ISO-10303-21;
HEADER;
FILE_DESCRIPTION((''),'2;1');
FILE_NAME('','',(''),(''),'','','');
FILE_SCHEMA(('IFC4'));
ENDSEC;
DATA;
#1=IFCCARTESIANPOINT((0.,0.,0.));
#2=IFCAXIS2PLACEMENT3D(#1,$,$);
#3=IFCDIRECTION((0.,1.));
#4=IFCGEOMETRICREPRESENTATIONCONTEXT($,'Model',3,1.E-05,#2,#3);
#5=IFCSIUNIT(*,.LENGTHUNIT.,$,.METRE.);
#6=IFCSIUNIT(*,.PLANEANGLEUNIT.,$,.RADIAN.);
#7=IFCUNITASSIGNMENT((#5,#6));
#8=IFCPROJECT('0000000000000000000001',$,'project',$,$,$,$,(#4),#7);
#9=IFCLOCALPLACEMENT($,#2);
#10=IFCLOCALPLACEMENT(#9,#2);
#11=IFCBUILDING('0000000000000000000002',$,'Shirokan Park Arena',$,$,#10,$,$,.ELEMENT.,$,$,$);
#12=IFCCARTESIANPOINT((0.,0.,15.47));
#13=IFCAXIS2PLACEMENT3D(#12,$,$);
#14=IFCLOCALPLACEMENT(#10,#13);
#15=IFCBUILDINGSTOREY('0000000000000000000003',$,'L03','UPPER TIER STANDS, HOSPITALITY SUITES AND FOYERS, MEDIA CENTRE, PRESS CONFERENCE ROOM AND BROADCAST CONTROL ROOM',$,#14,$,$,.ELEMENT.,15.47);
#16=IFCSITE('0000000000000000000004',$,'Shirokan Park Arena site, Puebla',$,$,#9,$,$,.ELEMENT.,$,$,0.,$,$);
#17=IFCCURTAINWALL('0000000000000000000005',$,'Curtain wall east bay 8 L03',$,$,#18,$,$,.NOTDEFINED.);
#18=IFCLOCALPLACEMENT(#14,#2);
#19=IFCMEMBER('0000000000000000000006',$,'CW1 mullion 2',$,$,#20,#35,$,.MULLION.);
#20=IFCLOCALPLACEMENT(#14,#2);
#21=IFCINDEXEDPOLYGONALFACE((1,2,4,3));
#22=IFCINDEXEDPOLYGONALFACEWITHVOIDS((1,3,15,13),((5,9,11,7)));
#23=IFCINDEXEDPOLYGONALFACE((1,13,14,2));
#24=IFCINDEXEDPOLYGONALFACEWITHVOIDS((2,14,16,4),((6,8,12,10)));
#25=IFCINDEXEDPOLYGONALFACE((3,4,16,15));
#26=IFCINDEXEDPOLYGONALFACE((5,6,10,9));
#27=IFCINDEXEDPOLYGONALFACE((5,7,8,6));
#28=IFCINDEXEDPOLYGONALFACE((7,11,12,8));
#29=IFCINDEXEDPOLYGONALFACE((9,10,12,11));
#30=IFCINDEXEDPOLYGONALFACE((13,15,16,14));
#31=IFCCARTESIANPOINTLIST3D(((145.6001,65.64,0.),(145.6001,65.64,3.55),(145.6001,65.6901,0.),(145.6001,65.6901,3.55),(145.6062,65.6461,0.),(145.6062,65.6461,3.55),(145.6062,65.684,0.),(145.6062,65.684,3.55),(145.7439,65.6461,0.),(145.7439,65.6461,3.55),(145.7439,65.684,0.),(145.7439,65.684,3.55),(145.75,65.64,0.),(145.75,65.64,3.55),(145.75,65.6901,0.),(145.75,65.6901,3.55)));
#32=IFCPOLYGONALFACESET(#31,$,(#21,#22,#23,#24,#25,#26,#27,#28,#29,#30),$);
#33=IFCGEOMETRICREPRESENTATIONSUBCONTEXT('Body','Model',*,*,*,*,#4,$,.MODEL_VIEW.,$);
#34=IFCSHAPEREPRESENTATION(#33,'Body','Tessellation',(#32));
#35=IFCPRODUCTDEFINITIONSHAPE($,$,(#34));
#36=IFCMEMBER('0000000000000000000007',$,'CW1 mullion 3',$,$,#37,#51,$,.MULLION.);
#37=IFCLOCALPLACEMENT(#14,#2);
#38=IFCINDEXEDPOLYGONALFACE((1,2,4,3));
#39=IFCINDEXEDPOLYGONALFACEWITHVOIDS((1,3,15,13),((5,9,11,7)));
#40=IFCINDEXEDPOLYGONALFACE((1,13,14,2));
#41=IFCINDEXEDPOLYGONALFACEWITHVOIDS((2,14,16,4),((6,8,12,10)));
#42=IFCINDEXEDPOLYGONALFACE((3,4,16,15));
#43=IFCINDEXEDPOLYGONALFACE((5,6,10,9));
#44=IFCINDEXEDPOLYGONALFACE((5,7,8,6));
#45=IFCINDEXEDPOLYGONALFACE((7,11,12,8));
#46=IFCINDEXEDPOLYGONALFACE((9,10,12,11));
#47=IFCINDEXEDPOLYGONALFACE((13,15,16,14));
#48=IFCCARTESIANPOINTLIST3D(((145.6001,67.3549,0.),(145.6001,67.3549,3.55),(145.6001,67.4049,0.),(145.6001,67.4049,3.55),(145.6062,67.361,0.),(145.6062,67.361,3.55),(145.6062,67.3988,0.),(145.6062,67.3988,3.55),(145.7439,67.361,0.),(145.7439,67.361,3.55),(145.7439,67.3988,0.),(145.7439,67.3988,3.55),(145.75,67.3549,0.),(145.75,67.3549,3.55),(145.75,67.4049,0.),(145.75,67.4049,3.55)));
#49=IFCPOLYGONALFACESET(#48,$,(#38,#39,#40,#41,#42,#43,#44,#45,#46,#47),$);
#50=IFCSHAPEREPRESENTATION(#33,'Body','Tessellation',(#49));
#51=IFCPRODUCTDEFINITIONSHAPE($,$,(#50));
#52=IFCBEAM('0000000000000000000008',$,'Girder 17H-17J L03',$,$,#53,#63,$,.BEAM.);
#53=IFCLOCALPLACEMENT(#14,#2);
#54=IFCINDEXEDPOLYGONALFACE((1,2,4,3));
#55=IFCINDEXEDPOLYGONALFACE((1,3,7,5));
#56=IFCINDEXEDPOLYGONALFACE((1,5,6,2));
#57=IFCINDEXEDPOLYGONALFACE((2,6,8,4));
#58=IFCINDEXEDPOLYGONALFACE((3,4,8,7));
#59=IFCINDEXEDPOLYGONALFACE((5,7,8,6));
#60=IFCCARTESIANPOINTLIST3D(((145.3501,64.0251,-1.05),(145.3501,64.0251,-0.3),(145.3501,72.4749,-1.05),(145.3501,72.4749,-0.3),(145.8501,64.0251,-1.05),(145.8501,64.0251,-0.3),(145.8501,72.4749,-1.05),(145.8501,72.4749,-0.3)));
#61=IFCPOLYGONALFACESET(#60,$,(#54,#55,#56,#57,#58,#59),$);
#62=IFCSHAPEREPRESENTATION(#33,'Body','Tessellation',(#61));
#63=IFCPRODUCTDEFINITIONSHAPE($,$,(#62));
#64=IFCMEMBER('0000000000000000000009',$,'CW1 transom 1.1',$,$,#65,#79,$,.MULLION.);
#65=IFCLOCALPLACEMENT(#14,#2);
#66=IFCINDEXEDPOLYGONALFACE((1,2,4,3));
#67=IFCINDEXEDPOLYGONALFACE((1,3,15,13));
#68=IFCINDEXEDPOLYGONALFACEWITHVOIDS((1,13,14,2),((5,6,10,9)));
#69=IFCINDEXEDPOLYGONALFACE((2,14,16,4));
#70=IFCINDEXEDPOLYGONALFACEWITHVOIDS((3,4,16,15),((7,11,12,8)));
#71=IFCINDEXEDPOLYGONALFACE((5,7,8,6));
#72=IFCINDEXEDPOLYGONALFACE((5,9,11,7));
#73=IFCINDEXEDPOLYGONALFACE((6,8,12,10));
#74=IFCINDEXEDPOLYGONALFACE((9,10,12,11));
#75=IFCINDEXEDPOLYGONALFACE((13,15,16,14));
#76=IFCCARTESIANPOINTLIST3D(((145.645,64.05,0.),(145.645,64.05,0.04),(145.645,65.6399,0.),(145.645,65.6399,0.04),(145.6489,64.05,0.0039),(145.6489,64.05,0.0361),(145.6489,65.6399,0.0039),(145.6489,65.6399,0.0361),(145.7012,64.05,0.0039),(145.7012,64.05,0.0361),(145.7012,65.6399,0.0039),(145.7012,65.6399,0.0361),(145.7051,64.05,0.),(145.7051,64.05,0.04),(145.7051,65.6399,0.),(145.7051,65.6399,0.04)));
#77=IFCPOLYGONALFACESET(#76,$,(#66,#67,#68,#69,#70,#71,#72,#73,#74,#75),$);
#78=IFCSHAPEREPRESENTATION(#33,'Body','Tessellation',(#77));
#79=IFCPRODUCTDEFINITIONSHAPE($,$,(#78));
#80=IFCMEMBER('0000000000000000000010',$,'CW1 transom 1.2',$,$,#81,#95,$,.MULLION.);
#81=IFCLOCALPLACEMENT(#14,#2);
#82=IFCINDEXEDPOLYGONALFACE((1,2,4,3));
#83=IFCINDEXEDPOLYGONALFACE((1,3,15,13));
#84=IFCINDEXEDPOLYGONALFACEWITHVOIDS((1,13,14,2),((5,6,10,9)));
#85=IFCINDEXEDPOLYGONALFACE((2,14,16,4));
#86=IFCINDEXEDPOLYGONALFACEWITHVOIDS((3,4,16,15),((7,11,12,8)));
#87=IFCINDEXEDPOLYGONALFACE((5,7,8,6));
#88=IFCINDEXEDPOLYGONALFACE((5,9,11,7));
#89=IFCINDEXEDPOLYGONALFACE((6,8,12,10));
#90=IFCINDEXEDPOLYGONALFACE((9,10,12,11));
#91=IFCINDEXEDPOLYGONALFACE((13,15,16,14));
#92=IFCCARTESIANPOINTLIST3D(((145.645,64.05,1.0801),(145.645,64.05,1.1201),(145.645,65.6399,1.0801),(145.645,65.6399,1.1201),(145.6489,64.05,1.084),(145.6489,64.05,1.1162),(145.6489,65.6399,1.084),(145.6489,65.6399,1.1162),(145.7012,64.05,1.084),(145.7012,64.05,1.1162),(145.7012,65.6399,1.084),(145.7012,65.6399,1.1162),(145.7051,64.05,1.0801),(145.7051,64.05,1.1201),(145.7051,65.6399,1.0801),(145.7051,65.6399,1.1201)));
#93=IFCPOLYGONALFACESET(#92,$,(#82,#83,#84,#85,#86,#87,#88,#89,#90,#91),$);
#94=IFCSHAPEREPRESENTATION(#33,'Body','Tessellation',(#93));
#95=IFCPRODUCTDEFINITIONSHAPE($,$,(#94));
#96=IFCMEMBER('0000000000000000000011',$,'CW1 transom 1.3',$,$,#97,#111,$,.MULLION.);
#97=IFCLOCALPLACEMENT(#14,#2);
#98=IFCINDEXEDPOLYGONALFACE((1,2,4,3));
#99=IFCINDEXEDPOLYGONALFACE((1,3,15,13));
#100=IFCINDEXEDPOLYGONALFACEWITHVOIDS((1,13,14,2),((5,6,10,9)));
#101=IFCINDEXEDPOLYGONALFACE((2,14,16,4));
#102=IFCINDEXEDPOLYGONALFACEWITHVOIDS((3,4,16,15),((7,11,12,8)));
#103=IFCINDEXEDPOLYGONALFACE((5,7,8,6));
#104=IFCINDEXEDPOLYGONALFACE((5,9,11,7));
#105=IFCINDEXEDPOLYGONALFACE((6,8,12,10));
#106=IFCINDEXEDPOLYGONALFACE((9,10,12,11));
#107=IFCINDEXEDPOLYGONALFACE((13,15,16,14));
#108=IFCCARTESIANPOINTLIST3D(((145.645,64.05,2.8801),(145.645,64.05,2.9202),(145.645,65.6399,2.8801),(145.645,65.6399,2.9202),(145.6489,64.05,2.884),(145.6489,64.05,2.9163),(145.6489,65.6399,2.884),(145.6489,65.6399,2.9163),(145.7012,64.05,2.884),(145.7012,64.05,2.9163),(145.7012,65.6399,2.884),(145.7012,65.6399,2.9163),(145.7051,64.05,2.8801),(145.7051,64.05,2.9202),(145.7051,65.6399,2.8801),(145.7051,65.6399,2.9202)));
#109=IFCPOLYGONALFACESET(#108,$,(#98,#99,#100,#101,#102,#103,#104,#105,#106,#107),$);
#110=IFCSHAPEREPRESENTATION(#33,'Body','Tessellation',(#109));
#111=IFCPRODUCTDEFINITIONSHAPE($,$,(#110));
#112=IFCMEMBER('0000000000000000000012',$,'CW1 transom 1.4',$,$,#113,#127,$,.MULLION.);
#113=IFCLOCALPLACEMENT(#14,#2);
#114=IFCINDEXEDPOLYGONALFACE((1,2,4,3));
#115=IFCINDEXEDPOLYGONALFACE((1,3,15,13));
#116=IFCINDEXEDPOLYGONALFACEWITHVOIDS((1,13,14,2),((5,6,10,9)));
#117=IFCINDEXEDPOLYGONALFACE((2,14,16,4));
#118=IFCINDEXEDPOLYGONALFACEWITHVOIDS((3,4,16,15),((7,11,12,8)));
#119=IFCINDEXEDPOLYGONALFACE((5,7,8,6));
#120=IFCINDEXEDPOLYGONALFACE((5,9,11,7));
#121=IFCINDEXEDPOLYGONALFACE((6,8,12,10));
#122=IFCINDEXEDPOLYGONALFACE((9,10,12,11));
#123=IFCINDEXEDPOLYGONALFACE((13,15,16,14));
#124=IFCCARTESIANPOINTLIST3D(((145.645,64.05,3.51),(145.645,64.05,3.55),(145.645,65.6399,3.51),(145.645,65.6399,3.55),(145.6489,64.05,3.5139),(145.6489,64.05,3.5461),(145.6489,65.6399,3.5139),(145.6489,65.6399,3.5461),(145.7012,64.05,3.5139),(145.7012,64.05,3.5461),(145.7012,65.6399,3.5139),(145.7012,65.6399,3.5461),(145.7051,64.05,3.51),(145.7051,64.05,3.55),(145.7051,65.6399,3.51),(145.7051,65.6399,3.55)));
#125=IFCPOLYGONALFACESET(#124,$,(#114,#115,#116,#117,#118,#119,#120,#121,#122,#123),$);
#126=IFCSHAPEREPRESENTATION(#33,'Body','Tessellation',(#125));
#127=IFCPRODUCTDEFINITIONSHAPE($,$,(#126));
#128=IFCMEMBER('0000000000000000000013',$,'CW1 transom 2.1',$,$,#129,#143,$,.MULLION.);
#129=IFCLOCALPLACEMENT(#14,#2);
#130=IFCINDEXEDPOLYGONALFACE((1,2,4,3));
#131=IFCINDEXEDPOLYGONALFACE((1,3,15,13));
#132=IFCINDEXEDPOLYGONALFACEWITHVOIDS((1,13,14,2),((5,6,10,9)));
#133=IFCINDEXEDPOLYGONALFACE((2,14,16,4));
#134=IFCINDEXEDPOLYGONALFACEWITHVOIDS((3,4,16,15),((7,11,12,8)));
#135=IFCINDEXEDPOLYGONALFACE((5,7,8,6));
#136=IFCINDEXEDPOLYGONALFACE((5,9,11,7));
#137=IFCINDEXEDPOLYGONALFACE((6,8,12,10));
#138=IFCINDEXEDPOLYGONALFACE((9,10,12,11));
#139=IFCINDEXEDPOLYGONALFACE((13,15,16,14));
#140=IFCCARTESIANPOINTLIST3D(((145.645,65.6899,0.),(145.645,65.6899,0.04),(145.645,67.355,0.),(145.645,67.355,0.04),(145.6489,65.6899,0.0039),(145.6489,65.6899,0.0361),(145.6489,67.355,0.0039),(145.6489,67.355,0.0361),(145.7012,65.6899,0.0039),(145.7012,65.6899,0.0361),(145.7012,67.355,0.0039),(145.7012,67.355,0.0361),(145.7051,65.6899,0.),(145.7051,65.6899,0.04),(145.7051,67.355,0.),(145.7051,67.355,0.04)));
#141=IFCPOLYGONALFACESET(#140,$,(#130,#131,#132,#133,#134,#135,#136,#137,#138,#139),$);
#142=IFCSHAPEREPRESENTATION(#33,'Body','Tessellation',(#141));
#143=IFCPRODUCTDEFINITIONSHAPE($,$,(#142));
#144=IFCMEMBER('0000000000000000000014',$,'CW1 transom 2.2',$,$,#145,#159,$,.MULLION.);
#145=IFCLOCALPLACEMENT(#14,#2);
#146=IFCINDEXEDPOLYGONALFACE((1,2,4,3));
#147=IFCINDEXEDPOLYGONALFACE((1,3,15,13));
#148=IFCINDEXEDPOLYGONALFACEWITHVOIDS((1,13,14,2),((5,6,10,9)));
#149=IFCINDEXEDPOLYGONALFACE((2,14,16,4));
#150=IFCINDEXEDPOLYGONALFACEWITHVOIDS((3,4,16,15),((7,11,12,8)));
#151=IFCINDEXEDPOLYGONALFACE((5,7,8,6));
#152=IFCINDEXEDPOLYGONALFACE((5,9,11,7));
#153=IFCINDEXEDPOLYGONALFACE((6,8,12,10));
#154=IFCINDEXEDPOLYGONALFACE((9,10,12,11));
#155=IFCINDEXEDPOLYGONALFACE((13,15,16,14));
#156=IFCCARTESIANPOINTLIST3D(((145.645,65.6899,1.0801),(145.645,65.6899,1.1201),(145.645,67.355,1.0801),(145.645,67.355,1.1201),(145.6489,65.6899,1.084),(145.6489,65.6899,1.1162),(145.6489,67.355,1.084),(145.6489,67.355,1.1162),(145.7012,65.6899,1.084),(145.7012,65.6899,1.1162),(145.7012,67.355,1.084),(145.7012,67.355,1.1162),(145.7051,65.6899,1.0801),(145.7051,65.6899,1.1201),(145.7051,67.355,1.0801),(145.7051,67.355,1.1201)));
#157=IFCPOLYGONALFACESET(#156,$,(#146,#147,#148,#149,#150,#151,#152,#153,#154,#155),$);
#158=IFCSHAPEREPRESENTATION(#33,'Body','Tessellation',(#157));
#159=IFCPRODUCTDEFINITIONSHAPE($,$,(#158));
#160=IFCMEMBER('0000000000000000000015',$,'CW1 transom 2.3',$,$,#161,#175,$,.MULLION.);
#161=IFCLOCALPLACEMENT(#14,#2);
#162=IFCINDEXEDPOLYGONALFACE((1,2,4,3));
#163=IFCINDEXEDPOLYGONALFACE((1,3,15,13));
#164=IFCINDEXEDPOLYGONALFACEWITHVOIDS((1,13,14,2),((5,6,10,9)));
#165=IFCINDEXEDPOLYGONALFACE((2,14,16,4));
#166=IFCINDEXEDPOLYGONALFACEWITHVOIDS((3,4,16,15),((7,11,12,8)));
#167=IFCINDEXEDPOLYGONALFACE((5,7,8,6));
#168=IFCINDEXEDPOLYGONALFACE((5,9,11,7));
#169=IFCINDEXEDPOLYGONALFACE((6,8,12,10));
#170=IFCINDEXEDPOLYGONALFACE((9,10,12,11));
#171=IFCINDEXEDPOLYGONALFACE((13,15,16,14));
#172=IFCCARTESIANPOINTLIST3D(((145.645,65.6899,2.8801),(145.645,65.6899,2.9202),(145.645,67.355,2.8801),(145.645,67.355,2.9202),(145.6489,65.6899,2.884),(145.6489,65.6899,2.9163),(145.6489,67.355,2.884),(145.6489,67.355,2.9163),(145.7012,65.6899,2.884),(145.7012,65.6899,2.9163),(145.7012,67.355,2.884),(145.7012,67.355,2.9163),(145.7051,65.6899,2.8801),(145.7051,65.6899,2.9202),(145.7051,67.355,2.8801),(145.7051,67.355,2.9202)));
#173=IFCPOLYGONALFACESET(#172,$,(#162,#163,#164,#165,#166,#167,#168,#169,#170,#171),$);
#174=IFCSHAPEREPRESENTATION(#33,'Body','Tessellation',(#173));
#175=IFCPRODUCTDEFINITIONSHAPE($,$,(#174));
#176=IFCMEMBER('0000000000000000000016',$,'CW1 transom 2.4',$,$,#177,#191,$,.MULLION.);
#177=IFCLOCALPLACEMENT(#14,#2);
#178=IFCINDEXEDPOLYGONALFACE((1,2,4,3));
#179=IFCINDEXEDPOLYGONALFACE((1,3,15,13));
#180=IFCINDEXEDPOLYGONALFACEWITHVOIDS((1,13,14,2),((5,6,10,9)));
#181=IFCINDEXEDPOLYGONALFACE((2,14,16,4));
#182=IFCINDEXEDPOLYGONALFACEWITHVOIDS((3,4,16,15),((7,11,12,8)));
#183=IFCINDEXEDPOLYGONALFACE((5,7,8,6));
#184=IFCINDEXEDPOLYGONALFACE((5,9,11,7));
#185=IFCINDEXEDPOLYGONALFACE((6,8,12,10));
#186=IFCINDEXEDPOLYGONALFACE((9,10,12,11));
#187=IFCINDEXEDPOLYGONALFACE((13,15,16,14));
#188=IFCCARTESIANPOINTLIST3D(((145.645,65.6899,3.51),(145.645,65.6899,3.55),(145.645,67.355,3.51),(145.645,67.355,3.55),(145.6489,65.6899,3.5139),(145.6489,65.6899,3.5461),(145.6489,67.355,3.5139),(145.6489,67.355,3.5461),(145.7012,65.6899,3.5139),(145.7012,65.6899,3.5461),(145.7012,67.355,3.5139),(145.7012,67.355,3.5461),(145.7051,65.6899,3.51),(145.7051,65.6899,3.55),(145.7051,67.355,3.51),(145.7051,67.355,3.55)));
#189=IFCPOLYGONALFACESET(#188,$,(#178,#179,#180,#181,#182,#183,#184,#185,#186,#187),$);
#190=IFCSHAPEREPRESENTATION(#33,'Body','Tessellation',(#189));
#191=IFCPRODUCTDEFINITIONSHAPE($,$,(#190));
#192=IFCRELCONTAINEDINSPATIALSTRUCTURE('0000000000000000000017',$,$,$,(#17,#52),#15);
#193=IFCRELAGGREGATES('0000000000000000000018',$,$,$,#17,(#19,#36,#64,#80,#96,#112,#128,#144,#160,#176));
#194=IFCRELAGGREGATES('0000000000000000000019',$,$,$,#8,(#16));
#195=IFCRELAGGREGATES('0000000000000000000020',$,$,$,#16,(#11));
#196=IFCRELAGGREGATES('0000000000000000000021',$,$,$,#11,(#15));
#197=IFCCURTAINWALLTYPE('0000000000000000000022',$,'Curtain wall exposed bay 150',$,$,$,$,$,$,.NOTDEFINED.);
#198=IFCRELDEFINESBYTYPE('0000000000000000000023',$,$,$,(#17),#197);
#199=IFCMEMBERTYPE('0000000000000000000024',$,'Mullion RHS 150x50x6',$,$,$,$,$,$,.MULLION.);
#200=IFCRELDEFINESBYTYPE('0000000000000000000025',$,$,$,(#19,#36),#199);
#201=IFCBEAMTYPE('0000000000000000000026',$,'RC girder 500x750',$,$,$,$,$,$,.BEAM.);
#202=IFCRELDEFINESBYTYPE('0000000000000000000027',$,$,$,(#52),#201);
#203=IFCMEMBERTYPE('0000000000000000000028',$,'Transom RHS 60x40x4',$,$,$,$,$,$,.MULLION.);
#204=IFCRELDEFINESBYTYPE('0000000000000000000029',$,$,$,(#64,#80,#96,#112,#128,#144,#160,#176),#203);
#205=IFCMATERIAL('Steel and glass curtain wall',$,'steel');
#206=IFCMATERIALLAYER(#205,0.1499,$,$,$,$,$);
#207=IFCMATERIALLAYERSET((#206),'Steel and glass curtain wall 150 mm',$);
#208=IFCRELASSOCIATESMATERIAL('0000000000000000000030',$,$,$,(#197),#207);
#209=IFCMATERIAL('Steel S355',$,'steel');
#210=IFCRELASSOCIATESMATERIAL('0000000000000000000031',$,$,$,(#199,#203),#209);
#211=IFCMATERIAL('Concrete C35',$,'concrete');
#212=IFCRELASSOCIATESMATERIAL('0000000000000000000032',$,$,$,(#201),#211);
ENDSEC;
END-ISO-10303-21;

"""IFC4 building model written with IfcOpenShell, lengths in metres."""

from ifc_helpers import new_model, si_unit, direction, frame, origin, origin_2d, place, context, subcontext, project, spatial, rectangle, hollow_rectangle, extrude, material, layer, layer_set, material_profile, profile_set, type_object, element, aggregate, save


model = new_model("IFC4")

# Units and contexts
model_context = context("Model", 3, precision=1e-05, world=origin(), true_north=direction((0.0, 1.0)))
body_context = subcontext(model_context, "Body", "Model", "MODEL_VIEW")
ifc_project = project(units=[si_unit("LENGTHUNIT", "METRE"), si_unit("PLANEANGLEUNIT", "RADIAN")], contexts=[model_context])

# Site, building, storey
site_placement = place(None, origin())
site = spatial("IfcSite", under=ifc_project, at=site_placement, Name="Shirokan Park Arena site, Puebla", CompositionType="ELEMENT", RefElevation=0.0)
building_placement = place(site_placement, origin())
building = spatial("IfcBuilding", under=site, at=building_placement, Name="Shirokan Park Arena", CompositionType="ELEMENT")
storey_placement = place(building_placement, frame((0.0, 0.0, 15.47)))
storey = spatial("IfcBuildingStorey", under=building, at=storey_placement, Name="L03", Description="UPPER TIER STANDS, HOSPITALITY SUITES AND FOYERS, MEDIA CENTRE, PRESS CONFERENCE ROOM AND BROADCAST CONTROL ROOM", CompositionType="ELEMENT", Elevation=15.47)

# Curtain wall, members
ifc_material_1 = material(Name="Steel and glass curtain wall", Category="steel")
ifc_layer_1 = layer(ifc_material_1, 0.1499)
ifc_layer_set_1 = layer_set([ifc_layer_1], Name="Steel and glass curtain wall 150 mm")
curtain_wall_type = type_object("IfcCurtainWallType", Name="Curtain wall exposed bay 150", PredefinedType="NOTDEFINED", material=ifc_layer_set_1)
curtain_wall_placement = place(storey_placement, origin())
curtain_wall = element("IfcCurtainWall", 1, at=curtain_wall_placement, inside=storey, type_object=curtain_wall_type, Name="Curtain wall east bay 8 L03", PredefinedType="NOTDEFINED")
ifc_material_2 = material(Name="Steel S355", Category="steel")
ifc_material_profile_1 = material_profile(ifc_material_2, hollow_rectangle(XDim=0.1499, YDim=0.05, WallThickness=0.0061, at=origin_2d()), Name="RHS 150x50x6")
ifc_profile_set_1 = profile_set([ifc_material_profile_1], Name="Steel S355")
member_type_1 = type_object("IfcMemberType", Name="Mullion RHS 150x50x6", PredefinedType="MULLION", material=ifc_profile_set_1)
member_1_placement = place(storey_placement, frame((145.675, 65.665, 0.0), z_axis=(0.0, 0.0, 1.0), x_axis=(-1.0, 0.0, 0.0)))
member_1 = element("IfcMember", 2, at=member_1_placement, type_object=member_type_1, Name="CW1 mullion 2", PredefinedType="MULLION", context=body_context, shape_type="SweptSolid", body=[
    extrude(hollow_rectangle(XDim=0.1499, YDim=0.05, WallThickness=0.0061, at=origin_2d()), origin(), (0.0, 0.0, 1.0), 3.55),
])
member_2_placement = place(storey_placement, frame((145.675, 67.3799, 0.0), z_axis=(0.0, 0.0, 1.0), x_axis=(-1.0, 0.0, 0.0)))
member_2 = element("IfcMember", 3, at=member_2_placement, type_object=member_type_1, Name="CW1 mullion 3", PredefinedType="MULLION", context=body_context, shape_type="SweptSolid", body=[
    extrude(hollow_rectangle(XDim=0.1499, YDim=0.05, WallThickness=0.0061, at=origin_2d()), origin(), (0.0, 0.0, 1.0), 3.55),
])

# Beam
ifc_material_3 = material(Name="Concrete C35", Category="concrete")
ifc_material_profile_2 = material_profile(ifc_material_3, rectangle(XDim=0.5, YDim=0.75, at=origin_2d()), Name="500x750")
ifc_profile_set_2 = profile_set([ifc_material_profile_2], Name="Concrete C35")
beam_type = type_object("IfcBeamType", Name="RC girder 500x750", PredefinedType="BEAM", material=ifc_profile_set_2)
beam_placement = place(storey_placement, frame((145.6001, 64.0251, -0.675), z_axis=(0.0, 1.0, 0.0), x_axis=(-1.0, 0.0, 0.0)))
element("IfcBeam", 4, at=beam_placement, inside=storey, type_object=beam_type, Name="Girder 17H-17J L03", PredefinedType="BEAM", context=body_context, shape_type="SweptSolid", body=[
    extrude(rectangle(XDim=0.5, YDim=0.75, at=origin_2d()), origin(), (0.0, 0.0, 1.0), 8.4497),
])

# Members
ifc_material_profile_3 = material_profile(ifc_material_2, hollow_rectangle(XDim=0.0601, YDim=0.04, WallThickness=0.0039, at=origin_2d()), Name="RHS 60x40x4")
ifc_profile_set_3 = profile_set([ifc_material_profile_3], Name="Steel S355")
member_type_2 = type_object("IfcMemberType", Name="Transom RHS 60x40x4", PredefinedType="MULLION", material=ifc_profile_set_3)
member_3_placement = place(storey_placement, frame((145.675, 64.05, 0.02), z_axis=(0.0, 1.0, 0.0), x_axis=(-1.0, 0.0, 0.0)))
member_3 = element("IfcMember", 5, at=member_3_placement, type_object=member_type_2, Name="CW1 transom 1.1", PredefinedType="MULLION", context=body_context, shape_type="SweptSolid", body=[
    extrude(hollow_rectangle(XDim=0.0601, YDim=0.04, WallThickness=0.0039, at=origin_2d()), origin(), (0.0, 0.0, 1.0), 1.5898),
])
member_4_placement = place(storey_placement, frame((145.675, 64.05, 1.1001), z_axis=(0.0, 1.0, 0.0), x_axis=(-1.0, 0.0, 0.0)))
member_4 = element("IfcMember", 6, at=member_4_placement, type_object=member_type_2, Name="CW1 transom 1.2", PredefinedType="MULLION", context=body_context, shape_type="SweptSolid", body=[
    extrude(hollow_rectangle(XDim=0.0601, YDim=0.04, WallThickness=0.0039, at=origin_2d()), origin(), (0.0, 0.0, 1.0), 1.5898),
])
member_5_placement = place(storey_placement, frame((145.675, 64.05, 2.9001), z_axis=(0.0, 1.0, 0.0), x_axis=(-1.0, 0.0, 0.0)))
member_5 = element("IfcMember", 7, at=member_5_placement, type_object=member_type_2, Name="CW1 transom 1.3", PredefinedType="MULLION", context=body_context, shape_type="SweptSolid", body=[
    extrude(hollow_rectangle(XDim=0.0601, YDim=0.04, WallThickness=0.0039, at=origin_2d()), origin(), (0.0, 0.0, 1.0), 1.5898),
])
member_6_placement = place(storey_placement, frame((145.675, 64.05, 3.53), z_axis=(0.0, 1.0, 0.0), x_axis=(-1.0, 0.0, 0.0)))
member_6 = element("IfcMember", 8, at=member_6_placement, type_object=member_type_2, Name="CW1 transom 1.4", PredefinedType="MULLION", context=body_context, shape_type="SweptSolid", body=[
    extrude(hollow_rectangle(XDim=0.0601, YDim=0.04, WallThickness=0.0039, at=origin_2d()), origin(), (0.0, 0.0, 1.0), 1.5898),
])
member_7_placement = place(storey_placement, frame((145.675, 65.6899, 0.02), z_axis=(0.0, 1.0, 0.0), x_axis=(-1.0, 0.0, 0.0)))
member_7 = element("IfcMember", 9, at=member_7_placement, type_object=member_type_2, Name="CW1 transom 2.1", PredefinedType="MULLION", context=body_context, shape_type="SweptSolid", body=[
    extrude(hollow_rectangle(XDim=0.0601, YDim=0.04, WallThickness=0.0039, at=origin_2d()), origin(), (0.0, 0.0, 1.0), 1.665),
])
member_8_placement = place(storey_placement, frame((145.675, 65.6899, 1.1001), z_axis=(0.0, 1.0, 0.0), x_axis=(-1.0, 0.0, 0.0)))
member_8 = element("IfcMember", 10, at=member_8_placement, type_object=member_type_2, Name="CW1 transom 2.2", PredefinedType="MULLION", context=body_context, shape_type="SweptSolid", body=[
    extrude(hollow_rectangle(XDim=0.0601, YDim=0.04, WallThickness=0.0039, at=origin_2d()), origin(), (0.0, 0.0, 1.0), 1.665),
])
member_9_placement = place(storey_placement, frame((145.675, 65.6899, 2.9001), z_axis=(0.0, 1.0, 0.0), x_axis=(-1.0, 0.0, 0.0)))
member_9 = element("IfcMember", 11, at=member_9_placement, type_object=member_type_2, Name="CW1 transom 2.3", PredefinedType="MULLION", context=body_context, shape_type="SweptSolid", body=[
    extrude(hollow_rectangle(XDim=0.0601, YDim=0.04, WallThickness=0.0039, at=origin_2d()), origin(), (0.0, 0.0, 1.0), 1.665),
])
member_10_placement = place(storey_placement, frame((145.675, 65.6899, 3.53), z_axis=(0.0, 1.0, 0.0), x_axis=(-1.0, 0.0, 0.0)))
member_10 = element("IfcMember", 12, at=member_10_placement, type_object=member_type_2, Name="CW1 transom 2.4", PredefinedType="MULLION", context=body_context, shape_type="SweptSolid", body=[
    extrude(hollow_rectangle(XDim=0.0601, YDim=0.04, WallThickness=0.0039, at=origin_2d()), origin(), (0.0, 0.0, 1.0), 1.665),
])

aggregate(curtain_wall, [member_1, member_2, member_3, member_4, member_5, member_6, member_7, member_8, member_9, member_10])

save(model, "model.ifc")
